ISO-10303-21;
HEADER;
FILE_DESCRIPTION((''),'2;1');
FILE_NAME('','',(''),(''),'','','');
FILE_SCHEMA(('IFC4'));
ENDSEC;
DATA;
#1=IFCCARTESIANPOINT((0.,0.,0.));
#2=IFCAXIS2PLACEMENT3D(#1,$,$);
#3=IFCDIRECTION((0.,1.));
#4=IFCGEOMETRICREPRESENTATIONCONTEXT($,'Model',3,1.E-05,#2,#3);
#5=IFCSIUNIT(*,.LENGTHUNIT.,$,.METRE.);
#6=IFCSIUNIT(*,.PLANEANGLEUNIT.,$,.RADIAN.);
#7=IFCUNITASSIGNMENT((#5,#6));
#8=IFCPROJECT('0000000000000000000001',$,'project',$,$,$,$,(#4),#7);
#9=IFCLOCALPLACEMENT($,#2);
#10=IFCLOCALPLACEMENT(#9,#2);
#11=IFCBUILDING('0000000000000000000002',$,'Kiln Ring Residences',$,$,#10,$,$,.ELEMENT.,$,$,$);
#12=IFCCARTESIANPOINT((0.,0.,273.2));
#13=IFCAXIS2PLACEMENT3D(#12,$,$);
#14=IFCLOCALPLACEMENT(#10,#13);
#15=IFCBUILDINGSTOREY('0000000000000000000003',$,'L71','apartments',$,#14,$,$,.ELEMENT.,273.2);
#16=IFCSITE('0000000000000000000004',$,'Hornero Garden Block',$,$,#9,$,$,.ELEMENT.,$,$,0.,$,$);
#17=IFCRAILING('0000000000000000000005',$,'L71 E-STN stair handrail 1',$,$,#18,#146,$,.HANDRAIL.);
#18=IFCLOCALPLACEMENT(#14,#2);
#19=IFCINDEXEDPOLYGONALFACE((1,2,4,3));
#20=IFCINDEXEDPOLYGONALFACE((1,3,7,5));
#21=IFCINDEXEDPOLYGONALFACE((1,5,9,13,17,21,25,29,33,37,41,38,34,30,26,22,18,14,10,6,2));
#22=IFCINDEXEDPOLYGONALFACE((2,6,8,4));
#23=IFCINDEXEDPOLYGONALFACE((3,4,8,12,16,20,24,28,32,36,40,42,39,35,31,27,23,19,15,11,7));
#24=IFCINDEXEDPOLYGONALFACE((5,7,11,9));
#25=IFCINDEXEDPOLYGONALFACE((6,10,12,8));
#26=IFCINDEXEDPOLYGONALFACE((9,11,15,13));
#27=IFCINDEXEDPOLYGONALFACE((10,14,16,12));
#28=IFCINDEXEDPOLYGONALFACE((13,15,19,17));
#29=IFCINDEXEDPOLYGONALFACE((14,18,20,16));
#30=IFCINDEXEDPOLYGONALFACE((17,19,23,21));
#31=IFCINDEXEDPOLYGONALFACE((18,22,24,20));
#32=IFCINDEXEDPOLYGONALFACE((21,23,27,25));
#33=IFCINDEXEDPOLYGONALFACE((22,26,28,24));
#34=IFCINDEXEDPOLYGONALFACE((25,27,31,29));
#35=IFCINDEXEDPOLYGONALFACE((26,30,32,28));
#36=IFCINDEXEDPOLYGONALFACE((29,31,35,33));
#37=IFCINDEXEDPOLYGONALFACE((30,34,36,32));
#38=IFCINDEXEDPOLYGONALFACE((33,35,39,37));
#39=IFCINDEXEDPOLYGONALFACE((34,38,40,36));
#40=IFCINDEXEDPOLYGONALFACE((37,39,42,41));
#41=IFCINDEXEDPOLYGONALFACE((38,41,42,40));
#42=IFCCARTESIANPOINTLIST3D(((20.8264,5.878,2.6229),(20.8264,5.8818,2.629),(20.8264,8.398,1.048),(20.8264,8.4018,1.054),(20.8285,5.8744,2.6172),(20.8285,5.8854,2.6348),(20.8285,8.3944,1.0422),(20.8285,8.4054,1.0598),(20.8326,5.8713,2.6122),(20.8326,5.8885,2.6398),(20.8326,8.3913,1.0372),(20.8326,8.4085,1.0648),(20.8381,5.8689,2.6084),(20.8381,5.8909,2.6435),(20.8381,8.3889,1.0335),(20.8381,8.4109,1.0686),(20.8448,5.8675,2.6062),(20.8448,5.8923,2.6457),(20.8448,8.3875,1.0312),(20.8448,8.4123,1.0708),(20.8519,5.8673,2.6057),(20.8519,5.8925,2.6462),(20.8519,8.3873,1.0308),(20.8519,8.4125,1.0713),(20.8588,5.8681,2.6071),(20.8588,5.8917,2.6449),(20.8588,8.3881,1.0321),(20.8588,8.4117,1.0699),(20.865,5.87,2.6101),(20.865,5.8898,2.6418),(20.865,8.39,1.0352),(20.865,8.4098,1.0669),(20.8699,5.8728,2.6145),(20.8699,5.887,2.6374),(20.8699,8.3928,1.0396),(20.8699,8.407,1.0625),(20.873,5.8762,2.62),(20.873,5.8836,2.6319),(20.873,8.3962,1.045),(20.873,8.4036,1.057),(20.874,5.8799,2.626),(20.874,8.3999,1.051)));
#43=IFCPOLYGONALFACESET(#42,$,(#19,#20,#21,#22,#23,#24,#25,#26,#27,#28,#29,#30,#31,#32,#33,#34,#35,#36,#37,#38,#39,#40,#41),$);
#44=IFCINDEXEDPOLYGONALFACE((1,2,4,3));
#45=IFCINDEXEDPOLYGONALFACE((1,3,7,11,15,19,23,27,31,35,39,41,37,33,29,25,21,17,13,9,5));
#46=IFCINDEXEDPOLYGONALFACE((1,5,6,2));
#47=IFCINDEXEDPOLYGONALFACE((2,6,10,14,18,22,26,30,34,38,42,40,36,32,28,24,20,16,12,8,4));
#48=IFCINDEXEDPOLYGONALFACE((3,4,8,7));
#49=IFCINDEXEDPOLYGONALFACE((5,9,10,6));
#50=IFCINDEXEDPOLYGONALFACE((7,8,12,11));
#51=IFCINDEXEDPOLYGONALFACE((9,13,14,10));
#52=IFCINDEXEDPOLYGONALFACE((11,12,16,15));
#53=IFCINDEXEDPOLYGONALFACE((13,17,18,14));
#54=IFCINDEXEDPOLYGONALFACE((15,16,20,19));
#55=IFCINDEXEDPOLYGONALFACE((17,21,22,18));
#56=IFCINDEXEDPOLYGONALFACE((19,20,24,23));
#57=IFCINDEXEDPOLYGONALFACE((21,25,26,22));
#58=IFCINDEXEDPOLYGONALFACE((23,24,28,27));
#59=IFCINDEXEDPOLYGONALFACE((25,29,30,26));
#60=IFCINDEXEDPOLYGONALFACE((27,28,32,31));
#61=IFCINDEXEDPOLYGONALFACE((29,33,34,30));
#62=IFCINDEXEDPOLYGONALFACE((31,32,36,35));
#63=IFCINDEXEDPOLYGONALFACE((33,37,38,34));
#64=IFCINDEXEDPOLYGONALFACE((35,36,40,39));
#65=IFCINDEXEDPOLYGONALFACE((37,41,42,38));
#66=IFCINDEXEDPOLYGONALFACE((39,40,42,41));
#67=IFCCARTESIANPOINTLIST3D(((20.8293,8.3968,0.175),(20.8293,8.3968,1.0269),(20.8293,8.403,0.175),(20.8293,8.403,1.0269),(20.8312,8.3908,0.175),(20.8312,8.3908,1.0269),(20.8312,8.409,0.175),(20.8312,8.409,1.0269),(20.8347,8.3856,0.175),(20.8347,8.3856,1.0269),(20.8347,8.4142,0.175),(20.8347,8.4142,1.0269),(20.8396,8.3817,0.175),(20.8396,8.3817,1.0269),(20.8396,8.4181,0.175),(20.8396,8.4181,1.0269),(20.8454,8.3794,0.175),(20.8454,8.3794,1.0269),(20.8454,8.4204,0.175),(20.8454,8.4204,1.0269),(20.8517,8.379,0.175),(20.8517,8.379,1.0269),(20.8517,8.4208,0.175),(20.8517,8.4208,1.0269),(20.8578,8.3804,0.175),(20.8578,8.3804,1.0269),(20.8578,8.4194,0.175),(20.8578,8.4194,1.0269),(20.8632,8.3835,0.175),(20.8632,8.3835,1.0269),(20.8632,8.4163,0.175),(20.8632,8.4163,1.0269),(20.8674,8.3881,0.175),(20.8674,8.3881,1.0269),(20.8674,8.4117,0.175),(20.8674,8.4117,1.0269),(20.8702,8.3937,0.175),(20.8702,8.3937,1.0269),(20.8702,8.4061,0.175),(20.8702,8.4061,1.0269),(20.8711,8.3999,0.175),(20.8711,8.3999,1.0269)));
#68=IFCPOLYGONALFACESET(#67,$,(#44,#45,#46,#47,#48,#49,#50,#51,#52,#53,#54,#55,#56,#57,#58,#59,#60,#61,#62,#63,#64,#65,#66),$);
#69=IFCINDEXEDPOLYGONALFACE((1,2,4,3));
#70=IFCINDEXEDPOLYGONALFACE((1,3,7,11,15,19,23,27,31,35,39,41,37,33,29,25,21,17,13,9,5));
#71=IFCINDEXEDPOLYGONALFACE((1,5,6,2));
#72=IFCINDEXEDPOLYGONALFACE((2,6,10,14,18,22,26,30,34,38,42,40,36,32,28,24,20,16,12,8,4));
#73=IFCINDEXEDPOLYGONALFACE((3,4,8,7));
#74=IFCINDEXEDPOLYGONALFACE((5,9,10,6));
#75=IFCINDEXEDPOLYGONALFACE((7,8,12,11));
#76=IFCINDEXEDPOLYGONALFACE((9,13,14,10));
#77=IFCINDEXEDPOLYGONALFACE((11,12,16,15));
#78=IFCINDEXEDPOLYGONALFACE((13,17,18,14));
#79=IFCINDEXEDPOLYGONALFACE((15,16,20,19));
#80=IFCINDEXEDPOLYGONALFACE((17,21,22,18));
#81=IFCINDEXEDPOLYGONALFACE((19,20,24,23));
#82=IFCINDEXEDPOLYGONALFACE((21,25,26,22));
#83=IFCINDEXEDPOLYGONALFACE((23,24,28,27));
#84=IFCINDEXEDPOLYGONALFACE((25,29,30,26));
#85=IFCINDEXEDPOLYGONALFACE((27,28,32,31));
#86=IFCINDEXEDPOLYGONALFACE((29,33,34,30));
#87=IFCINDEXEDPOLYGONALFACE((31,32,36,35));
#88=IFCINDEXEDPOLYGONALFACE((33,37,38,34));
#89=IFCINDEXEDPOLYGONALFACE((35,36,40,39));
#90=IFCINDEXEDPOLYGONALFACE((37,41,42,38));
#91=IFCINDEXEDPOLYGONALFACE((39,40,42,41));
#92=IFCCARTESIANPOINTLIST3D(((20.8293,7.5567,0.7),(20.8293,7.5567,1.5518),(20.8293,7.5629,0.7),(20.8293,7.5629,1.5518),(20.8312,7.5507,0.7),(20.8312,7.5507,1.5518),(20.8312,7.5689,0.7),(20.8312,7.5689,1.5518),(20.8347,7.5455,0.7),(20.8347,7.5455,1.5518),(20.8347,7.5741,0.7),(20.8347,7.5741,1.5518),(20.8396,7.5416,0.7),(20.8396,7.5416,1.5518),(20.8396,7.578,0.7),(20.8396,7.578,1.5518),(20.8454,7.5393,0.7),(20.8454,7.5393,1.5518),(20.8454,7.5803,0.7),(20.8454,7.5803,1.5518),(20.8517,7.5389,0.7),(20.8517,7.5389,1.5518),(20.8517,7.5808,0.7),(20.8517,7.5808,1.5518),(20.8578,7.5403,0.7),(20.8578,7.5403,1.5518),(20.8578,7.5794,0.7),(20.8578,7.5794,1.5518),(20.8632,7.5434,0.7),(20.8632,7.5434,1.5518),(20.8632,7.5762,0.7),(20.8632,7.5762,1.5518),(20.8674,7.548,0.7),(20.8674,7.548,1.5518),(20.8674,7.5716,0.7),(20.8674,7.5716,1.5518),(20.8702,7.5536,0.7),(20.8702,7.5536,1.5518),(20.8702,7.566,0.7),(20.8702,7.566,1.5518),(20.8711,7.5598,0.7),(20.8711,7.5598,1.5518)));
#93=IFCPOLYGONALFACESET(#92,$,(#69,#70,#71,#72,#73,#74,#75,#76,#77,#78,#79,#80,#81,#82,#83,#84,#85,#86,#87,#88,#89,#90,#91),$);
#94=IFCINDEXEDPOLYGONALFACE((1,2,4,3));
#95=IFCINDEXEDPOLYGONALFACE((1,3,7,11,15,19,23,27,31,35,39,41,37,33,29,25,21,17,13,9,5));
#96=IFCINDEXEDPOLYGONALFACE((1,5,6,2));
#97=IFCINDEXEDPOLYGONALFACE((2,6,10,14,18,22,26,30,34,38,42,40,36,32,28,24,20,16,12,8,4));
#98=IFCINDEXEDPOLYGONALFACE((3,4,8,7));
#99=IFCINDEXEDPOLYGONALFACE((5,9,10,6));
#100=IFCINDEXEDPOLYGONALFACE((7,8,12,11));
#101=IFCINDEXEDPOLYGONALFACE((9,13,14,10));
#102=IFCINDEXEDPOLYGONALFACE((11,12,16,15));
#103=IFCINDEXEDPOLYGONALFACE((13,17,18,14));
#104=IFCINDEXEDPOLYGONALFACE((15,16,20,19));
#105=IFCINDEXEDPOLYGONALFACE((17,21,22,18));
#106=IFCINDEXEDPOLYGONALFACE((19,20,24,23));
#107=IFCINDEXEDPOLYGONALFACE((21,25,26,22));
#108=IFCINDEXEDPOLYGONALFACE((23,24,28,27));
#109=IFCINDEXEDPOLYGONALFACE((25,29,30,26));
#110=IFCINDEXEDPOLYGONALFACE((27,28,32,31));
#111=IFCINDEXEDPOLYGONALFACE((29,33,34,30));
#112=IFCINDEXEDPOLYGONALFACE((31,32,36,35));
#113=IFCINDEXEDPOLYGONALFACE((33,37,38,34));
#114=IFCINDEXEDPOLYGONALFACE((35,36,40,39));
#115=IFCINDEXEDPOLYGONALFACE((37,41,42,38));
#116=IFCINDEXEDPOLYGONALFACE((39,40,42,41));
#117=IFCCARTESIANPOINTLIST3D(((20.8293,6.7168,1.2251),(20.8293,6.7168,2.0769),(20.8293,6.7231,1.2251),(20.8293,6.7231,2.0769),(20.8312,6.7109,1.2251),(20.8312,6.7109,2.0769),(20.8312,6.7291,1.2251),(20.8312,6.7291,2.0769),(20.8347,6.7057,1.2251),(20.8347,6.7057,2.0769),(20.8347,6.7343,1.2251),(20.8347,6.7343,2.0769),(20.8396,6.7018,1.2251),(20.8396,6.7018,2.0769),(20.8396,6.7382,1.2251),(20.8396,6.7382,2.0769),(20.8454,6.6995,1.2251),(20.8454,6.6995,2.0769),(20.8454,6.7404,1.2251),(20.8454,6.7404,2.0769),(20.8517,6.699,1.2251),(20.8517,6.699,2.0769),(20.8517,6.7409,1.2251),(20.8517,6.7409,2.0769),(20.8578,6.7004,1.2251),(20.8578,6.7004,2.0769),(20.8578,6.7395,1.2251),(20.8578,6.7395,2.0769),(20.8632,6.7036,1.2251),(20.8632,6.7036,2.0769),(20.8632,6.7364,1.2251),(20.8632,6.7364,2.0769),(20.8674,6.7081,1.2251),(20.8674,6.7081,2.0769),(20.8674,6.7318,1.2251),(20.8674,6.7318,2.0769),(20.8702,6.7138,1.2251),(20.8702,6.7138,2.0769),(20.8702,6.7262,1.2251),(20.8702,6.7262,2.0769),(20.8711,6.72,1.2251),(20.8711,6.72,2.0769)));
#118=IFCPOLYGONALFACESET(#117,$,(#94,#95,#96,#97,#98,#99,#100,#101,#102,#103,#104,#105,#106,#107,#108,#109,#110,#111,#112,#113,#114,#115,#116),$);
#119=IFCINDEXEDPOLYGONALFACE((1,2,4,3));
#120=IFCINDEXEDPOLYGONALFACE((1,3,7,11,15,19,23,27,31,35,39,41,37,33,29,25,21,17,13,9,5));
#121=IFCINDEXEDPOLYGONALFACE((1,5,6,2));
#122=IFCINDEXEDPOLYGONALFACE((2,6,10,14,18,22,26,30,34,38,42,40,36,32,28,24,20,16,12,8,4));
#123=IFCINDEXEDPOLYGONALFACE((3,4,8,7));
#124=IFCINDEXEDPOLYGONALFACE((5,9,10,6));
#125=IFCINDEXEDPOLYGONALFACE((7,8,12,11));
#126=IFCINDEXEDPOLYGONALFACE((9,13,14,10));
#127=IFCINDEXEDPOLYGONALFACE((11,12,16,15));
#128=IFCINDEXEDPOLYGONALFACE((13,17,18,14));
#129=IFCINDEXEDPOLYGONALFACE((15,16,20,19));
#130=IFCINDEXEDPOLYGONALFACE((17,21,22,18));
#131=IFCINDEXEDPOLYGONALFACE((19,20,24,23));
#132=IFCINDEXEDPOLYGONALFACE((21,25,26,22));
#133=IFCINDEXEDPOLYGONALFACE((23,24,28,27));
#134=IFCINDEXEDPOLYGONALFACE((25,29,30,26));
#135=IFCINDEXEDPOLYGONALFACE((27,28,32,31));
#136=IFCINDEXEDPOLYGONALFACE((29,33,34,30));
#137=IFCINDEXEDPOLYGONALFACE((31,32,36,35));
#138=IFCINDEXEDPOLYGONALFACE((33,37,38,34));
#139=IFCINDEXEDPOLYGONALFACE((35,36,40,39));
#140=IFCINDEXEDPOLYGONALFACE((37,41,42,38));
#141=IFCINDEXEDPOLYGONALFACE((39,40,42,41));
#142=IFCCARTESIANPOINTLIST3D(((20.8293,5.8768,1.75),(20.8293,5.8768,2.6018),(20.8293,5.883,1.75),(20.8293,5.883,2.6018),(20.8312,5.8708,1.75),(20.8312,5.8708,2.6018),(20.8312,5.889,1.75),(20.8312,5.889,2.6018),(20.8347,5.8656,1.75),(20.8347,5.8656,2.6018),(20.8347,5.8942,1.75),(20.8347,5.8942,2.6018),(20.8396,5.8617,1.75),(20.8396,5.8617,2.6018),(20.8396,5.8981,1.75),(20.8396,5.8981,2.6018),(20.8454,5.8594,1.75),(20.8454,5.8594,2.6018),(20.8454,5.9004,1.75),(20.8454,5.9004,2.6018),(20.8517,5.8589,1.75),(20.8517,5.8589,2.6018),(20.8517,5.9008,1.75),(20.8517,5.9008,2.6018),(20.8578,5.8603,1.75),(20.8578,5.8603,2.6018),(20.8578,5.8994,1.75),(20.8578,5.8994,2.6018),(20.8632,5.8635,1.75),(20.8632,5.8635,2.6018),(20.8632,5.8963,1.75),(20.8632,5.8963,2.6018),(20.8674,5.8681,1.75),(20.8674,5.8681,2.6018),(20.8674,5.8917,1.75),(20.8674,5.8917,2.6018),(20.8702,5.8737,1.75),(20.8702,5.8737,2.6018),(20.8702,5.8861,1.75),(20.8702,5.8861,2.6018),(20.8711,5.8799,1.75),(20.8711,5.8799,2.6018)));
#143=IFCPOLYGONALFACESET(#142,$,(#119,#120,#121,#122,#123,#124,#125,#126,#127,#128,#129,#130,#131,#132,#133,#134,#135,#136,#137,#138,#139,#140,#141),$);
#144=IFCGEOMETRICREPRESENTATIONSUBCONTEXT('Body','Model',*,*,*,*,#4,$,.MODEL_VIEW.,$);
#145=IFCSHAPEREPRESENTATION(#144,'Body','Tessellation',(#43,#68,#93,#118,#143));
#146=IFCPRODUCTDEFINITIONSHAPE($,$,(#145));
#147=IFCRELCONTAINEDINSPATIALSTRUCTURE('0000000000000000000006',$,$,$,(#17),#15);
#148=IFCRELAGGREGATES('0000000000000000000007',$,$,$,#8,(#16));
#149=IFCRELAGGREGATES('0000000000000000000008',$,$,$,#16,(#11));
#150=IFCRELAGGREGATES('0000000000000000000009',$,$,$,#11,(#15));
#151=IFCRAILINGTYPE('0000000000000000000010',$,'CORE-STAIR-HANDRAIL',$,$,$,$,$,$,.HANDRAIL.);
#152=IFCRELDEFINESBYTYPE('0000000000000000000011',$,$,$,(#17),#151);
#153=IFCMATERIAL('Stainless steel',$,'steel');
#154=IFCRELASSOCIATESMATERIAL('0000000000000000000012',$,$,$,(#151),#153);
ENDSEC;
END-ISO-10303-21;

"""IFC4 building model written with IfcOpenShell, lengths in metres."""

from ifc_helpers import new_model, si_unit, direction, frame, origin, origin_2d, place, context, subcontext, project, spatial, circle, extrude, material, type_object, element, save


model = new_model("IFC4")

# Units and contexts
model_context = context("Model", 3, precision=1e-05, world=origin(), true_north=direction((0.0, 1.0)))
body_context = subcontext(model_context, "Body", "Model", "MODEL_VIEW")
ifc_project = project(units=[si_unit("LENGTHUNIT", "METRE"), si_unit("PLANEANGLEUNIT", "RADIAN")], contexts=[model_context])

# Site, building, storey
site_placement = place(None, origin())
site = spatial("IfcSite", under=ifc_project, at=site_placement, Name="Hornero Garden Block", CompositionType="ELEMENT", RefElevation=0.0)
building_placement = place(site_placement, origin())
building = spatial("IfcBuilding", under=site, at=building_placement, Name="Kiln Ring Residences", CompositionType="ELEMENT")
storey_placement = place(building_placement, frame((0.0, 0.0, 273.2)))
storey = spatial("IfcBuildingStorey", under=building, at=storey_placement, Name="L71", Description="apartments", CompositionType="ELEMENT", Elevation=273.2)

# Railing
ifc_material_1 = material(Name="Stainless steel", Category="steel")
railing_type_1 = type_object("IfcRailingType", Name="CORE-STAIR-HANDRAIL", PredefinedType="HANDRAIL", material=ifc_material_1)
railing_1_placement = place(storey_placement, frame((20.8501, 8.3999, 0.175)))
element("IfcRailing", 1, at=railing_1_placement, inside=storey, type_object=railing_type_1, Name="L71 E-STN stair handrail 1", PredefinedType="HANDRAIL", context=body_context, shape_type="SweptSolid", body=[
    extrude(circle(Radius=0.0239, at=origin_2d()), frame((0.0, 0.0, 0.876), z_axis=(0.0, -0.848008, 0.529984), x_axis=(1.0, 0.0, 0.0)), (0.0, 0.0, 1.0), 2.9717),
    extrude(circle(Radius=0.021, at=origin_2d()), origin(), (0.0, 0.0, 1.0), 0.8518),
    extrude(circle(Radius=0.021, at=origin_2d()), frame((0.0, -0.8401, 0.5249)), (0.0, 0.0, 1.0), 0.8518),
    extrude(circle(Radius=0.021, at=origin_2d()), frame((0.0, -1.6799, 1.05)), (0.0, 0.0, 1.0), 0.8518),
    extrude(circle(Radius=0.021, at=origin_2d()), frame((0.0, -2.52, 1.575)), (0.0, 0.0, 1.0), 0.8518),
])

save(model, "model.ifc")
